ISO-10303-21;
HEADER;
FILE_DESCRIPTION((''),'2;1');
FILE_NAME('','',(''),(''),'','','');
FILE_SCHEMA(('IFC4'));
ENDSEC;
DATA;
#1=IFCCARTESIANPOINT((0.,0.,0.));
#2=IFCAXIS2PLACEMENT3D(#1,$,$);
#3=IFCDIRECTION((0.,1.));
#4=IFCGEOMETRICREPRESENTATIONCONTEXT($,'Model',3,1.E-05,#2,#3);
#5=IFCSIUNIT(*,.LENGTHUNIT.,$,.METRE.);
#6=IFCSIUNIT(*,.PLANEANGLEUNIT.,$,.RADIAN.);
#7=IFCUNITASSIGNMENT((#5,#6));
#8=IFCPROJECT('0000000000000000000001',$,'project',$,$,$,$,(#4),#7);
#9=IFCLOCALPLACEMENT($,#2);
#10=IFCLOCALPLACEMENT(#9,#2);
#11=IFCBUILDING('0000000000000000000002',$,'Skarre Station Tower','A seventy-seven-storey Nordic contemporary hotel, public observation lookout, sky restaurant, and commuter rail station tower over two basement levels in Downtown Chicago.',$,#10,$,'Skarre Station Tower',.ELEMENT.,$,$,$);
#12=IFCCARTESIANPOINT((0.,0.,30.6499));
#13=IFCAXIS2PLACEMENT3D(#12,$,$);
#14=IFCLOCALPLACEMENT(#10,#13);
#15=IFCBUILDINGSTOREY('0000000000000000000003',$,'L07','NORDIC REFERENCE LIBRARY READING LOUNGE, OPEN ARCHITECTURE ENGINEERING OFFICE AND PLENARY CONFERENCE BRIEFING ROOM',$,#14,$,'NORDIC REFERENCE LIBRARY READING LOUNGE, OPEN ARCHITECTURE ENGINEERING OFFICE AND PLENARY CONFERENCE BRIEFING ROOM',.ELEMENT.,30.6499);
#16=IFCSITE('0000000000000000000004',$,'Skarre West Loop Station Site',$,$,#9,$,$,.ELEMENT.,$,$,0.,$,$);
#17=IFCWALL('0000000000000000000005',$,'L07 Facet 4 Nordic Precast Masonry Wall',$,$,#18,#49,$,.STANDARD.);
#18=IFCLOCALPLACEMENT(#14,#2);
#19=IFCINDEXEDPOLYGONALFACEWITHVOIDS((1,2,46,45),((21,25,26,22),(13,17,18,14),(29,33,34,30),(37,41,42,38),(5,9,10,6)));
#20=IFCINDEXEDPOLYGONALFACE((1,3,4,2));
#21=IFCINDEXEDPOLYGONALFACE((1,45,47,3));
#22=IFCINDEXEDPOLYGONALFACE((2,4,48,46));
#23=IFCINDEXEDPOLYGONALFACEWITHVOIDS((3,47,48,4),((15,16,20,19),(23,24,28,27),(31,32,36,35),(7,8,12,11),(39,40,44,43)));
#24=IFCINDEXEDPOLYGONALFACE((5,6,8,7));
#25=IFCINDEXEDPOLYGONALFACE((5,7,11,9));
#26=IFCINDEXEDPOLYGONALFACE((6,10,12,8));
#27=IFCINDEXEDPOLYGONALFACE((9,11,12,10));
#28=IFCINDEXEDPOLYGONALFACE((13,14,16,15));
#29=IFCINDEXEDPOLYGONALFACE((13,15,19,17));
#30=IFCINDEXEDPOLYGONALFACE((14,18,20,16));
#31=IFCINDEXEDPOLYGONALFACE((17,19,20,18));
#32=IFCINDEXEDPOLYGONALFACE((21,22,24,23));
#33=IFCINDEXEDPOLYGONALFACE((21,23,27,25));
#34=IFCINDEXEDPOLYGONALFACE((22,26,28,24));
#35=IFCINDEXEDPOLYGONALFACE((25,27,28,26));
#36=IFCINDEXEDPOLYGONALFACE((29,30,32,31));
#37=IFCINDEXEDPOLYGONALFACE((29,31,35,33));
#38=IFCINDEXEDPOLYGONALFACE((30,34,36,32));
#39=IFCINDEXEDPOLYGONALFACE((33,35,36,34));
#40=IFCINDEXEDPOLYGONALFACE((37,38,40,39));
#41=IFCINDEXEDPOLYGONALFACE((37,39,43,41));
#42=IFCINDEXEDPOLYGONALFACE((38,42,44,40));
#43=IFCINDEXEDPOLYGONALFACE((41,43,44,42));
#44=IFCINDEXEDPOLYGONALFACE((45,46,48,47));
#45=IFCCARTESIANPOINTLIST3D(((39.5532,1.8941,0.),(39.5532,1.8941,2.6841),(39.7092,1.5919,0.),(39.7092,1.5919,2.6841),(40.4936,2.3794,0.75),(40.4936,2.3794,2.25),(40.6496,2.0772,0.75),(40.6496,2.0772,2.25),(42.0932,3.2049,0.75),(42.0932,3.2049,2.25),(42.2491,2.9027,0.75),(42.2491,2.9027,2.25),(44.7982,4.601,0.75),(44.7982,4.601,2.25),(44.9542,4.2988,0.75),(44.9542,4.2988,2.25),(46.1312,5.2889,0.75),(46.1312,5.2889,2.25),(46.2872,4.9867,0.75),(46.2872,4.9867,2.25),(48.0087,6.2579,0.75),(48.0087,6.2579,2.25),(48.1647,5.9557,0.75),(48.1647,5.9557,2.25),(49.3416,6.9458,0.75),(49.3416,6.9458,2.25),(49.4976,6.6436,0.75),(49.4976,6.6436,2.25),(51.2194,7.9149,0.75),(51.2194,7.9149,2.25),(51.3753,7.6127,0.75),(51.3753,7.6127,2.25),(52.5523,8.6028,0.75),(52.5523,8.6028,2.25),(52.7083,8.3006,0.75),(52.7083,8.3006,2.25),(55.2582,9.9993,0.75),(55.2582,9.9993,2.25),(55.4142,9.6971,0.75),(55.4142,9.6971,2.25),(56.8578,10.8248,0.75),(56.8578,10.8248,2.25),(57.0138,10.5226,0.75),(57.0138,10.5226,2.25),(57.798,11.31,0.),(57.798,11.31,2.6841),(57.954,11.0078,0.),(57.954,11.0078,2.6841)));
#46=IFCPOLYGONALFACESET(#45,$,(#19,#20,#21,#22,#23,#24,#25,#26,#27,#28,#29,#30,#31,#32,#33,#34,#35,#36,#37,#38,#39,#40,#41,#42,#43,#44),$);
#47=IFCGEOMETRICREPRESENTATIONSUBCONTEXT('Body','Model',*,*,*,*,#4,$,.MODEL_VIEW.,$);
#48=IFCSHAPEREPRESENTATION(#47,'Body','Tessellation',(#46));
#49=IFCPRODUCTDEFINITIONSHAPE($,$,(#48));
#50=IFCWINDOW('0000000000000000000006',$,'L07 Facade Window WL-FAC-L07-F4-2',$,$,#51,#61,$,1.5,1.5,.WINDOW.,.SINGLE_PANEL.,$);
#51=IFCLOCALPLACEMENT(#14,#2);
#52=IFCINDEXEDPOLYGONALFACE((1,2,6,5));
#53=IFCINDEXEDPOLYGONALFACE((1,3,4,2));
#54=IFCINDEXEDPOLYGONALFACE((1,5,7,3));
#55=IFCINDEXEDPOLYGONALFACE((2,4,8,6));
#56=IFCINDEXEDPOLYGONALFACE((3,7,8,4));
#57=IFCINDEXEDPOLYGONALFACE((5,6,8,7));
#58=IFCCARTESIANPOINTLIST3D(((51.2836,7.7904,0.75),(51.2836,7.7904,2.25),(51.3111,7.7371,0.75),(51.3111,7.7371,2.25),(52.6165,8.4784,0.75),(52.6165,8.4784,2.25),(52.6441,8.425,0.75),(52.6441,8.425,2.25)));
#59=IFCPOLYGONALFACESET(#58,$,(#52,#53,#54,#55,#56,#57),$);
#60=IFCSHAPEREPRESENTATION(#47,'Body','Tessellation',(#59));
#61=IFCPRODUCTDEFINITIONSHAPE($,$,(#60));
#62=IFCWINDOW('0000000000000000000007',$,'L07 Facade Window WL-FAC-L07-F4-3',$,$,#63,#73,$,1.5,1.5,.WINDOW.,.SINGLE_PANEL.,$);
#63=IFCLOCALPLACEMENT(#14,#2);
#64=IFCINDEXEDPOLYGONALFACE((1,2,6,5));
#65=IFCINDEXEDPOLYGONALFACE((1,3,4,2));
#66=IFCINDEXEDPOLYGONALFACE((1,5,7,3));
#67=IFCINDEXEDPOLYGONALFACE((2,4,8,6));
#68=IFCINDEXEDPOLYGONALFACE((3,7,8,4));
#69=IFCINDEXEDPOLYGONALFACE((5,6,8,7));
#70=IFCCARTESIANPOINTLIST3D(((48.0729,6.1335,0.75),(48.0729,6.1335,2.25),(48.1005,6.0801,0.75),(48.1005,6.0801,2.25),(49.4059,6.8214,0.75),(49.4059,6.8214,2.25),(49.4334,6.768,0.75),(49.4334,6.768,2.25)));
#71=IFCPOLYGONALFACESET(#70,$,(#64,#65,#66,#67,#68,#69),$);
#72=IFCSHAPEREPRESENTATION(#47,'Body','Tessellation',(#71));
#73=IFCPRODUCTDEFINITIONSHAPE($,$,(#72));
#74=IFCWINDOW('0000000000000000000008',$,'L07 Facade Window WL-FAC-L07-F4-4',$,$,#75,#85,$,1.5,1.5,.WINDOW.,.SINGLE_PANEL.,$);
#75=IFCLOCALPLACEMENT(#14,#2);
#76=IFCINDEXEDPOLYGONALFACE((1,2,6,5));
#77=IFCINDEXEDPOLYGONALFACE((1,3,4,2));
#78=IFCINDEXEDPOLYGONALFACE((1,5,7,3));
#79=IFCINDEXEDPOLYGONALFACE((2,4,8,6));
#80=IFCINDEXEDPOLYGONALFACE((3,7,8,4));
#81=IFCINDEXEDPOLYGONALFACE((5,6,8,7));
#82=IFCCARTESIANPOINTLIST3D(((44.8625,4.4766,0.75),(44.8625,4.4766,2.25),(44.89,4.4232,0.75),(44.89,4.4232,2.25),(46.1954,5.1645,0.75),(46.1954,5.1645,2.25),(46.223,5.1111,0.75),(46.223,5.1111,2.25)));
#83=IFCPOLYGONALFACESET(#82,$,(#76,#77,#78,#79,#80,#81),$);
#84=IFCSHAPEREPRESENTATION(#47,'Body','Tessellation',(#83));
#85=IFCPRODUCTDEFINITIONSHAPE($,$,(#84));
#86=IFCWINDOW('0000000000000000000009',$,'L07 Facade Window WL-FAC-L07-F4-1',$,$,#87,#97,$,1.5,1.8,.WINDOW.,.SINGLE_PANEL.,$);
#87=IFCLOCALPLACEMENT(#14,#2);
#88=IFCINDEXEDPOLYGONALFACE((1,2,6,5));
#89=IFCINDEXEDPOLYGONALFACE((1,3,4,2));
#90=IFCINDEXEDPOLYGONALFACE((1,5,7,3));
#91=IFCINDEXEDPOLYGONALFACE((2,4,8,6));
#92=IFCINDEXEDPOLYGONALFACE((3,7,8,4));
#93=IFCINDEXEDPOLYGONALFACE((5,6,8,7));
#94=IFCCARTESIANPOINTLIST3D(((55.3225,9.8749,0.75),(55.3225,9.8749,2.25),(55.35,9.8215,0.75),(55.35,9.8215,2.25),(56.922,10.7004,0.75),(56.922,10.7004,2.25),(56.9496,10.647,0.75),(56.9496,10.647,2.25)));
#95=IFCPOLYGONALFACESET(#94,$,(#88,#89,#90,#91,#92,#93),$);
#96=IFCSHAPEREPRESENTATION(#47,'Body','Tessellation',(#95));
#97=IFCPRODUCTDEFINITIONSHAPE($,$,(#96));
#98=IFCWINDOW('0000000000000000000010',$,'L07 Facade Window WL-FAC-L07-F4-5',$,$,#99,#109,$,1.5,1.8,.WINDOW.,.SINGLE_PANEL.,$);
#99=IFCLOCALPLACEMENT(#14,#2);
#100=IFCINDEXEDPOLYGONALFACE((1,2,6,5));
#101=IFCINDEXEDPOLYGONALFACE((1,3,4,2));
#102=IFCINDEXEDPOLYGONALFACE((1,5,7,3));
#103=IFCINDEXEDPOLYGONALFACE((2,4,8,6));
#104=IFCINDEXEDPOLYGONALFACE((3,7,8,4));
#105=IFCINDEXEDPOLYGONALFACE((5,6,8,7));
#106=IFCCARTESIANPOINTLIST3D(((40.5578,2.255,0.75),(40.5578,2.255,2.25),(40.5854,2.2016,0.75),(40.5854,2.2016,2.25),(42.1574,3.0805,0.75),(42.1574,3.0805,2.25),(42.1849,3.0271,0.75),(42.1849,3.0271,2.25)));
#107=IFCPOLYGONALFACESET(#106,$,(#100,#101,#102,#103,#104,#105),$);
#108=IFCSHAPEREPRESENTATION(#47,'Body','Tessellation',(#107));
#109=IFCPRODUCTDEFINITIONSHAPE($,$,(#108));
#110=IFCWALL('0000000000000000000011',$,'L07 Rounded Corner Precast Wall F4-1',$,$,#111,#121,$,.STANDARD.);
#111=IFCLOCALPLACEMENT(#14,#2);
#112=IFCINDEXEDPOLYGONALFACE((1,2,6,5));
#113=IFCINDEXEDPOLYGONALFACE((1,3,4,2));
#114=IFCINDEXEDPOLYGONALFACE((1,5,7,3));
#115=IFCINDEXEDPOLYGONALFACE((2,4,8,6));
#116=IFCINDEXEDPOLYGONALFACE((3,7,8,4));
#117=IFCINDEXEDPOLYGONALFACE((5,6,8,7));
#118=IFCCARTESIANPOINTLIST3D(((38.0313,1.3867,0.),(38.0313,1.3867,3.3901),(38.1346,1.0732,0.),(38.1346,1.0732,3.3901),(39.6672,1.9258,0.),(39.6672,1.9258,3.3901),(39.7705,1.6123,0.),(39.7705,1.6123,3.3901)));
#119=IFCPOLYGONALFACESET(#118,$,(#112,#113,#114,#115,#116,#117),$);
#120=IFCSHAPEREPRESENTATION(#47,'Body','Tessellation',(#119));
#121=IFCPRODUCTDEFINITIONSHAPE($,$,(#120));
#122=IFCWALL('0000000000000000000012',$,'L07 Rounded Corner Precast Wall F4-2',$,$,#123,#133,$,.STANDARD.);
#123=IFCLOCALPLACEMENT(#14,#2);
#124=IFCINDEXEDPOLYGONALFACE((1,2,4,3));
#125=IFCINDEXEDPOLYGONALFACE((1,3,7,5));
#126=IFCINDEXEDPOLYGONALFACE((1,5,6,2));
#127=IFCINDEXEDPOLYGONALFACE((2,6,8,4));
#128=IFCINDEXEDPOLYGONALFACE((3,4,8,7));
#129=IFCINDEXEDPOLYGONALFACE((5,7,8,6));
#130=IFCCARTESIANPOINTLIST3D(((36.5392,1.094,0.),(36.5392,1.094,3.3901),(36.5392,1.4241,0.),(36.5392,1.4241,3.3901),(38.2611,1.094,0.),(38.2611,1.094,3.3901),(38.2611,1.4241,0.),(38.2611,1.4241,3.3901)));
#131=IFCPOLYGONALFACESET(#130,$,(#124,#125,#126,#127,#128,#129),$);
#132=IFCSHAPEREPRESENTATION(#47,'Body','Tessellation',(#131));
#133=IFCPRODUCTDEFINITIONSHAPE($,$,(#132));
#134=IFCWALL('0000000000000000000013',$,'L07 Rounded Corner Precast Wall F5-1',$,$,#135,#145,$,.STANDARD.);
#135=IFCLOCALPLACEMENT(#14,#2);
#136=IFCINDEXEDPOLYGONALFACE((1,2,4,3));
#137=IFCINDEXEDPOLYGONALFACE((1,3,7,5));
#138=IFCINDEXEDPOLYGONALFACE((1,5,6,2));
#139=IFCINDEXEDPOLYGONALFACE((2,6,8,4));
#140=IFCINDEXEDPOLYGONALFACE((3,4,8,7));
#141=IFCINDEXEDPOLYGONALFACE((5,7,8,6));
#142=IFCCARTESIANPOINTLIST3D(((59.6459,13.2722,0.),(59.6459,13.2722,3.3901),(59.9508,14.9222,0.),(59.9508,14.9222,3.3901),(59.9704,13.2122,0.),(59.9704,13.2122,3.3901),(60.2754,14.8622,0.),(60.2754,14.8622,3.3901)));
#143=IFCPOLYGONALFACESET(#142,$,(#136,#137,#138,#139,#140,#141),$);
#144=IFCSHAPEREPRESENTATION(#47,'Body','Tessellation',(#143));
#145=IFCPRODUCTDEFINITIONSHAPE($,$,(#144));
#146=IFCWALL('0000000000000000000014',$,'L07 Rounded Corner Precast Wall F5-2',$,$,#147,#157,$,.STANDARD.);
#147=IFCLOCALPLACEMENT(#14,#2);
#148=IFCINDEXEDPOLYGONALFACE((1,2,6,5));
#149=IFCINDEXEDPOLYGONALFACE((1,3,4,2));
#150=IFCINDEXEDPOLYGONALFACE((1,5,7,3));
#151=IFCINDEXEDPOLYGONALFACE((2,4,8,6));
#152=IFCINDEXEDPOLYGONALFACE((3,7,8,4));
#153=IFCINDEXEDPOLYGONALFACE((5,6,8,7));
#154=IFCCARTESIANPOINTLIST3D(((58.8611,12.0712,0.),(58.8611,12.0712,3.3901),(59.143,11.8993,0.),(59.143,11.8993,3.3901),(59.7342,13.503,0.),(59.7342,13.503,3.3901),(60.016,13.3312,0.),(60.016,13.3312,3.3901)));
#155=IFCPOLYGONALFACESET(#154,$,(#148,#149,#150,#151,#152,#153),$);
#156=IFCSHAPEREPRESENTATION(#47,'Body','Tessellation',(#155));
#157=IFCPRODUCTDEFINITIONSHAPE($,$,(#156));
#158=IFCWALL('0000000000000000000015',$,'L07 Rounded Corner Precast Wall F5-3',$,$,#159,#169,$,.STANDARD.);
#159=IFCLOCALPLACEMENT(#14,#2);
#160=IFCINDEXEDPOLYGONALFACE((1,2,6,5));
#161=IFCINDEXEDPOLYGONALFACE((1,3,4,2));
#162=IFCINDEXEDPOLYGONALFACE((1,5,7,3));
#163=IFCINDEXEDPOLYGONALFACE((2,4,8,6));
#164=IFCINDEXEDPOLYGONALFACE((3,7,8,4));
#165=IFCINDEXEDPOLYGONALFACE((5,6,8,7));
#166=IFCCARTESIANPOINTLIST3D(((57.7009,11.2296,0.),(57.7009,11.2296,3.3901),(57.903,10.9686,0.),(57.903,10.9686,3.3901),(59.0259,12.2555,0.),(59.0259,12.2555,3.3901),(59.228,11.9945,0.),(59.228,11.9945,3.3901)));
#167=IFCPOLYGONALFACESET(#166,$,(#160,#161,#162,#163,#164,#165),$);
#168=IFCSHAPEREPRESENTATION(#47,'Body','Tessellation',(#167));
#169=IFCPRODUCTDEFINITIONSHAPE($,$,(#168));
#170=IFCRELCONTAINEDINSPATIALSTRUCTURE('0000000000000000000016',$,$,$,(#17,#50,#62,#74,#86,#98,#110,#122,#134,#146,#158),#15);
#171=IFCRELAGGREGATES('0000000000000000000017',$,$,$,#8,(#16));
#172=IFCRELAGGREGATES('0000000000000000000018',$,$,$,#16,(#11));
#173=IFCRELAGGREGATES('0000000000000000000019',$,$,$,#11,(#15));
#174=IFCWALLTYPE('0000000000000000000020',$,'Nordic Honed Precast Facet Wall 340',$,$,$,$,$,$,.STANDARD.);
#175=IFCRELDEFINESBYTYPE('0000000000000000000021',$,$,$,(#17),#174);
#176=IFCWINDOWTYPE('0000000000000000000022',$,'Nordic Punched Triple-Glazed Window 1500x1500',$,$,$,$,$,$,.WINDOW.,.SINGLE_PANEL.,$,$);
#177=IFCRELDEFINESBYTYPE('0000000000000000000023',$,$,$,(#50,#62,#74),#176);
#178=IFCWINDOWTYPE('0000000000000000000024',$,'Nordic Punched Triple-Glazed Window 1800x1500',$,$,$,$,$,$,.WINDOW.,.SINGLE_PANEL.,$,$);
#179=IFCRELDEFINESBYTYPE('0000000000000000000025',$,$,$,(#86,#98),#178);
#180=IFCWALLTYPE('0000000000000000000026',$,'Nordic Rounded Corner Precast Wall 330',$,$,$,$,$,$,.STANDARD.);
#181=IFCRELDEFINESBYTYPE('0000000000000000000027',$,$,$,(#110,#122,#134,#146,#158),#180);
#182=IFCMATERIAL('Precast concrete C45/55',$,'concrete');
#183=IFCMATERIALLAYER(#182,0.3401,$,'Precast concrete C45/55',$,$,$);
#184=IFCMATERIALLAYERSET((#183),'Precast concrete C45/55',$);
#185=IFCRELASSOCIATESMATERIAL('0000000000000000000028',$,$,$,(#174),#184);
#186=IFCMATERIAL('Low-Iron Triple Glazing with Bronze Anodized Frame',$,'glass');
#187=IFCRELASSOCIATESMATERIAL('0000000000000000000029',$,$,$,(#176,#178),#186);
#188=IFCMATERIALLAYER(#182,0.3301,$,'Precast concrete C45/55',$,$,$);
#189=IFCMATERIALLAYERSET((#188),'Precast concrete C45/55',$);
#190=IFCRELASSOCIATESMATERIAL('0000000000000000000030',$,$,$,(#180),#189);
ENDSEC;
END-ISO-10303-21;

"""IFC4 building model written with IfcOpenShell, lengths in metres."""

from ifc_helpers import new_model, si_unit, direction, frame, frame_2d, origin, place, context, subcontext, project, spatial, rectangle, extrude, material, layer, layer_set, type_object, element, fill, save


model = new_model("IFC4")

# Units and contexts
model_context = context("Model", 3, precision=1e-05, world=origin(), true_north=direction((0.0, 1.0)))
body_context = subcontext(model_context, "Body", "Model", "MODEL_VIEW")
ifc_project = project(units=[si_unit("LENGTHUNIT", "METRE"), si_unit("PLANEANGLEUNIT", "RADIAN")], contexts=[model_context])

# Site, building, storey
site_placement = place(None, origin())
site = spatial("IfcSite", under=ifc_project, at=site_placement, Name="Skarre West Loop Station Site", CompositionType="ELEMENT", RefElevation=0.0)
building_placement = place(site_placement, origin())
building = spatial("IfcBuilding", under=site, at=building_placement, Name="Skarre Station Tower", Description="A seventy-seven-storey Nordic contemporary hotel, public observation lookout, sky restaurant, and commuter rail station tower over two basement levels in Downtown Chicago.", LongName="Skarre Station Tower", CompositionType="ELEMENT")
storey_placement = place(building_placement, frame((0.0, 0.0, 30.6499)))
storey = spatial("IfcBuildingStorey", under=building, at=storey_placement, Name="L07", Description="NORDIC REFERENCE LIBRARY READING LOUNGE, OPEN ARCHITECTURE ENGINEERING OFFICE AND PLENARY CONFERENCE BRIEFING ROOM", LongName="NORDIC REFERENCE LIBRARY READING LOUNGE, OPEN ARCHITECTURE ENGINEERING OFFICE AND PLENARY CONFERENCE BRIEFING ROOM", CompositionType="ELEMENT", Elevation=30.6499)

# Wall, openings, windows
ifc_material_1 = material(Name="Precast concrete C45/55", Category="concrete")
ifc_layer_1 = layer(ifc_material_1, 0.3401, Name="Precast concrete C45/55")
ifc_layer_set_1 = layer_set([ifc_layer_1], Name="Precast concrete C45/55")
wall_type_1 = type_object("IfcWallType", Name="Nordic Honed Precast Facet Wall 340", PredefinedType="STANDARD", material=ifc_layer_set_1)
wall_1_placement = place(storey_placement, frame((57.876, 11.1589, 0.0), z_axis=(0.0, 0.0, 1.0), x_axis=(-0.888634, -0.458616, 0.0)))
wall_1 = element("IfcWall", 1, at=wall_1_placement, inside=storey, type_object=wall_type_1, Name="L07 Facet 4 Nordic Precast Masonry Wall", PredefinedType="STANDARD", context=body_context, shape_type="SweptSolid", body=[
    extrude(rectangle(XDim=20.5312, YDim=0.3401, at=frame_2d((10.2656, 0.0))), origin(), (0.0, 0.0, 1.0), 2.6841),
])
opening_1_placement = place(wall_1_placement, frame((1.0581, 0.0, 0.75)))
opening_1 = element("IfcOpeningElement", 2, at=opening_1_placement, cuts=wall_1, PredefinedType="OPENING", context=body_context, shape_type="SweptSolid", body=[
    extrude(rectangle(XDim=1.8, YDim=1.5, at=frame_2d((0.8999, 0.75))), frame((0.0, 0.1799, 0.0), z_axis=(0.0, -1.0, 0.0), x_axis=(1.0, 0.0, 0.0)), (0.0, 0.0, 1.0), 0.3601),
])
opening_2_placement = place(wall_1_placement, frame((5.9031, 0.0, 0.75)))
opening_2 = element("IfcOpeningElement", 3, at=opening_2_placement, cuts=wall_1, PredefinedType="OPENING", context=body_context, shape_type="SweptSolid", body=[
    extrude(rectangle(XDim=1.5, YDim=1.5, at=frame_2d((0.75, 0.75))), frame((0.0, 0.1799, 0.0), z_axis=(0.0, -1.0, 0.0), x_axis=(1.0, 0.0, 0.0)), (0.0, 0.0, 1.0), 0.3601),
])
opening_3_placement = place(wall_1_placement, frame((9.5161, 0.0, 0.75)))
opening_3 = element("IfcOpeningElement", 4, at=opening_3_placement, cuts=wall_1, PredefinedType="OPENING", context=body_context, shape_type="SweptSolid", body=[
    extrude(rectangle(XDim=1.5, YDim=1.5, at=frame_2d((0.75, 0.75))), frame((0.0, 0.1799, 0.0), z_axis=(0.0, -1.0, 0.0), x_axis=(1.0, 0.0, 0.0)), (0.0, 0.0, 1.0), 0.3601),
])
opening_4_placement = place(wall_1_placement, frame((13.1289, 0.0, 0.75)))
opening_4 = element("IfcOpeningElement", 5, at=opening_4_placement, cuts=wall_1, PredefinedType="OPENING", context=body_context, shape_type="SweptSolid", body=[
    extrude(rectangle(XDim=1.5, YDim=1.5, at=frame_2d((0.75, 0.75))), frame((0.0, 0.1799, 0.0), z_axis=(0.0, -1.0, 0.0), x_axis=(1.0, 0.0, 0.0)), (0.0, 0.0, 1.0), 0.3601),
])
opening_5_placement = place(wall_1_placement, frame((17.6731, 0.0, 0.75)))
opening_5 = element("IfcOpeningElement", 6, at=opening_5_placement, cuts=wall_1, PredefinedType="OPENING", context=body_context, shape_type="SweptSolid", body=[
    extrude(rectangle(XDim=1.8, YDim=1.5, at=frame_2d((0.8999, 0.75))), frame((0.0, 0.1799, 0.0), z_axis=(0.0, -1.0, 0.0), x_axis=(1.0, 0.0, 0.0)), (0.0, 0.0, 1.0), 0.3601),
])
ifc_material_2 = material(Name="Low-Iron Triple Glazing with Bronze Anodized Frame", Category="glass")
window_type_1 = type_object("IfcWindowType", Name="Nordic Punched Triple-Glazed Window 1500x1500", PartitioningType="SINGLE_PANEL", PredefinedType="WINDOW", material=ifc_material_2)
window_1_placement = place(opening_2_placement, origin())
window_1 = element("IfcWindow", 7, at=window_1_placement, inside=storey, type_object=window_type_1, Name="L07 Facade Window WL-FAC-L07-F4-2", OverallHeight=1.5, OverallWidth=1.5, PartitioningType="SINGLE_PANEL", PredefinedType="WINDOW", context=body_context, shape_type="SweptSolid", body=[
    extrude(rectangle(XDim=1.5, YDim=1.5, at=frame_2d((0.75, 0.75))), frame((0.0, 0.03, 0.0), z_axis=(0.0, -1.0, 0.0), x_axis=(1.0, 0.0, 0.0)), (0.0, 0.0, 1.0), 0.0601),
])
fill(opening_2, window_1)
window_2_placement = place(opening_3_placement, origin())
window_2 = element("IfcWindow", 8, at=window_2_placement, inside=storey, type_object=window_type_1, Name="L07 Facade Window WL-FAC-L07-F4-3", OverallHeight=1.5, OverallWidth=1.5, PartitioningType="SINGLE_PANEL", PredefinedType="WINDOW", context=body_context, shape_type="SweptSolid", body=[
    extrude(rectangle(XDim=1.5, YDim=1.5, at=frame_2d((0.75, 0.75))), frame((0.0, 0.03, 0.0), z_axis=(0.0, -1.0, 0.0), x_axis=(1.0, 0.0, 0.0)), (0.0, 0.0, 1.0), 0.0601),
])
fill(opening_3, window_2)
window_3_placement = place(opening_4_placement, origin())
window_3 = element("IfcWindow", 9, at=window_3_placement, inside=storey, type_object=window_type_1, Name="L07 Facade Window WL-FAC-L07-F4-4", OverallHeight=1.5, OverallWidth=1.5, PartitioningType="SINGLE_PANEL", PredefinedType="WINDOW", context=body_context, shape_type="SweptSolid", body=[
    extrude(rectangle(XDim=1.5, YDim=1.5, at=frame_2d((0.75, 0.75))), frame((0.0, 0.03, 0.0), z_axis=(0.0, -1.0, 0.0), x_axis=(1.0, 0.0, 0.0)), (0.0, 0.0, 1.0), 0.0601),
])
fill(opening_4, window_3)
window_type_2 = type_object("IfcWindowType", Name="Nordic Punched Triple-Glazed Window 1800x1500", PartitioningType="SINGLE_PANEL", PredefinedType="WINDOW", material=ifc_material_2)
window_4_placement = place(opening_1_placement, origin())
window_4 = element("IfcWindow", 10, at=window_4_placement, inside=storey, type_object=window_type_2, Name="L07 Facade Window WL-FAC-L07-F4-1", OverallHeight=1.5, OverallWidth=1.8, PartitioningType="SINGLE_PANEL", PredefinedType="WINDOW", context=body_context, shape_type="SweptSolid", body=[
    extrude(rectangle(XDim=1.8, YDim=1.5, at=frame_2d((0.8999, 0.75))), frame((0.0, 0.03, 0.0), z_axis=(0.0, -1.0, 0.0), x_axis=(1.0, 0.0, 0.0)), (0.0, 0.0, 1.0), 0.0601),
])
fill(opening_1, window_4)
window_5_placement = place(opening_5_placement, origin())
window_5 = element("IfcWindow", 11, at=window_5_placement, inside=storey, type_object=window_type_2, Name="L07 Facade Window WL-FAC-L07-F4-5", OverallHeight=1.5, OverallWidth=1.8, PartitioningType="SINGLE_PANEL", PredefinedType="WINDOW", context=body_context, shape_type="SweptSolid", body=[
    extrude(rectangle(XDim=1.8, YDim=1.5, at=frame_2d((0.8999, 0.75))), frame((0.0, 0.03, 0.0), z_axis=(0.0, -1.0, 0.0), x_axis=(1.0, 0.0, 0.0)), (0.0, 0.0, 1.0), 0.0601),
])
fill(opening_5, window_5)

# Walls
ifc_layer_2 = layer(ifc_material_1, 0.3301, Name="Precast concrete C45/55")
ifc_layer_set_2 = layer_set([ifc_layer_2], Name="Precast concrete C45/55")
wall_type_2 = type_object("IfcWallType", Name="Nordic Rounded Corner Precast Wall 330", PredefinedType="STANDARD", material=ifc_layer_set_2)
wall_2_placement = place(storey_placement, frame((39.719, 1.769, 0.0), z_axis=(0.0, 0.0, 1.0), x_axis=(-0.949769, -0.312952, 0.0)))
element("IfcWall", 12, at=wall_2_placement, inside=storey, type_object=wall_type_2, Name="L07 Rounded Corner Precast Wall F4-1", PredefinedType="STANDARD", context=body_context, shape_type="SweptSolid", body=[
    extrude(rectangle(XDim=1.7224, YDim=0.3301, at=frame_2d((0.8613, 0.0))), origin(), (0.0, 0.0, 1.0), 3.3901),
])
wall_3_placement = place(storey_placement, frame((38.261, 1.259, 0.0), z_axis=(0.0, 0.0, 1.0), x_axis=(-1.0, 0.0, 0.0)))
element("IfcWall", 13, at=wall_3_placement, inside=storey, type_object=wall_type_2, Name="L07 Rounded Corner Precast Wall F4-2", PredefinedType="STANDARD", context=body_context, shape_type="SweptSolid", body=[
    extrude(rectangle(XDim=1.7219, YDim=0.3301, at=frame_2d((0.8608, 0.0))), origin(), (0.0, 0.0, 1.0), 3.3901),
])
wall_4_placement = place(storey_placement, frame((60.113, 14.8921, 0.0), z_axis=(0.0, 0.0, 1.0), x_axis=(-0.181714, -0.983351, 0.0)))
element("IfcWall", 14, at=wall_4_placement, inside=storey, type_object=wall_type_2, Name="L07 Rounded Corner Precast Wall F5-1", PredefinedType="STANDARD", context=body_context, shape_type="SweptSolid", body=[
    extrude(rectangle(XDim=1.678, YDim=0.3301, at=frame_2d((0.8389, 0.0))), origin(), (0.0, 0.0, 1.0), 3.3901),
])
wall_5_placement = place(storey_placement, frame((59.875, 13.417, 0.0), z_axis=(0.0, 0.0, 1.0), x_axis=(-0.520584, -0.85381, 0.0)))
element("IfcWall", 15, at=wall_5_placement, inside=storey, type_object=wall_type_2, Name="L07 Rounded Corner Precast Wall F5-2", PredefinedType="STANDARD", context=body_context, shape_type="SweptSolid", body=[
    extrude(rectangle(XDim=1.677, YDim=0.3301, at=frame_2d((0.8384, 0.0))), origin(), (0.0, 0.0, 1.0), 3.3901),
])
wall_6_placement = place(storey_placement, frame((59.127, 12.125, 0.0), z_axis=(0.0, 0.0, 1.0), x_axis=(-0.790692, -0.612214, 0.0)))
element("IfcWall", 16, at=wall_6_placement, inside=storey, type_object=wall_type_2, Name="L07 Rounded Corner Precast Wall F5-3", PredefinedType="STANDARD", context=body_context, shape_type="SweptSolid", body=[
    extrude(rectangle(XDim=1.6758, YDim=0.3301, at=frame_2d((0.8379, 0.0))), origin(), (0.0, 0.0, 1.0), 3.3901),
])

save(model, "model.ifc")
